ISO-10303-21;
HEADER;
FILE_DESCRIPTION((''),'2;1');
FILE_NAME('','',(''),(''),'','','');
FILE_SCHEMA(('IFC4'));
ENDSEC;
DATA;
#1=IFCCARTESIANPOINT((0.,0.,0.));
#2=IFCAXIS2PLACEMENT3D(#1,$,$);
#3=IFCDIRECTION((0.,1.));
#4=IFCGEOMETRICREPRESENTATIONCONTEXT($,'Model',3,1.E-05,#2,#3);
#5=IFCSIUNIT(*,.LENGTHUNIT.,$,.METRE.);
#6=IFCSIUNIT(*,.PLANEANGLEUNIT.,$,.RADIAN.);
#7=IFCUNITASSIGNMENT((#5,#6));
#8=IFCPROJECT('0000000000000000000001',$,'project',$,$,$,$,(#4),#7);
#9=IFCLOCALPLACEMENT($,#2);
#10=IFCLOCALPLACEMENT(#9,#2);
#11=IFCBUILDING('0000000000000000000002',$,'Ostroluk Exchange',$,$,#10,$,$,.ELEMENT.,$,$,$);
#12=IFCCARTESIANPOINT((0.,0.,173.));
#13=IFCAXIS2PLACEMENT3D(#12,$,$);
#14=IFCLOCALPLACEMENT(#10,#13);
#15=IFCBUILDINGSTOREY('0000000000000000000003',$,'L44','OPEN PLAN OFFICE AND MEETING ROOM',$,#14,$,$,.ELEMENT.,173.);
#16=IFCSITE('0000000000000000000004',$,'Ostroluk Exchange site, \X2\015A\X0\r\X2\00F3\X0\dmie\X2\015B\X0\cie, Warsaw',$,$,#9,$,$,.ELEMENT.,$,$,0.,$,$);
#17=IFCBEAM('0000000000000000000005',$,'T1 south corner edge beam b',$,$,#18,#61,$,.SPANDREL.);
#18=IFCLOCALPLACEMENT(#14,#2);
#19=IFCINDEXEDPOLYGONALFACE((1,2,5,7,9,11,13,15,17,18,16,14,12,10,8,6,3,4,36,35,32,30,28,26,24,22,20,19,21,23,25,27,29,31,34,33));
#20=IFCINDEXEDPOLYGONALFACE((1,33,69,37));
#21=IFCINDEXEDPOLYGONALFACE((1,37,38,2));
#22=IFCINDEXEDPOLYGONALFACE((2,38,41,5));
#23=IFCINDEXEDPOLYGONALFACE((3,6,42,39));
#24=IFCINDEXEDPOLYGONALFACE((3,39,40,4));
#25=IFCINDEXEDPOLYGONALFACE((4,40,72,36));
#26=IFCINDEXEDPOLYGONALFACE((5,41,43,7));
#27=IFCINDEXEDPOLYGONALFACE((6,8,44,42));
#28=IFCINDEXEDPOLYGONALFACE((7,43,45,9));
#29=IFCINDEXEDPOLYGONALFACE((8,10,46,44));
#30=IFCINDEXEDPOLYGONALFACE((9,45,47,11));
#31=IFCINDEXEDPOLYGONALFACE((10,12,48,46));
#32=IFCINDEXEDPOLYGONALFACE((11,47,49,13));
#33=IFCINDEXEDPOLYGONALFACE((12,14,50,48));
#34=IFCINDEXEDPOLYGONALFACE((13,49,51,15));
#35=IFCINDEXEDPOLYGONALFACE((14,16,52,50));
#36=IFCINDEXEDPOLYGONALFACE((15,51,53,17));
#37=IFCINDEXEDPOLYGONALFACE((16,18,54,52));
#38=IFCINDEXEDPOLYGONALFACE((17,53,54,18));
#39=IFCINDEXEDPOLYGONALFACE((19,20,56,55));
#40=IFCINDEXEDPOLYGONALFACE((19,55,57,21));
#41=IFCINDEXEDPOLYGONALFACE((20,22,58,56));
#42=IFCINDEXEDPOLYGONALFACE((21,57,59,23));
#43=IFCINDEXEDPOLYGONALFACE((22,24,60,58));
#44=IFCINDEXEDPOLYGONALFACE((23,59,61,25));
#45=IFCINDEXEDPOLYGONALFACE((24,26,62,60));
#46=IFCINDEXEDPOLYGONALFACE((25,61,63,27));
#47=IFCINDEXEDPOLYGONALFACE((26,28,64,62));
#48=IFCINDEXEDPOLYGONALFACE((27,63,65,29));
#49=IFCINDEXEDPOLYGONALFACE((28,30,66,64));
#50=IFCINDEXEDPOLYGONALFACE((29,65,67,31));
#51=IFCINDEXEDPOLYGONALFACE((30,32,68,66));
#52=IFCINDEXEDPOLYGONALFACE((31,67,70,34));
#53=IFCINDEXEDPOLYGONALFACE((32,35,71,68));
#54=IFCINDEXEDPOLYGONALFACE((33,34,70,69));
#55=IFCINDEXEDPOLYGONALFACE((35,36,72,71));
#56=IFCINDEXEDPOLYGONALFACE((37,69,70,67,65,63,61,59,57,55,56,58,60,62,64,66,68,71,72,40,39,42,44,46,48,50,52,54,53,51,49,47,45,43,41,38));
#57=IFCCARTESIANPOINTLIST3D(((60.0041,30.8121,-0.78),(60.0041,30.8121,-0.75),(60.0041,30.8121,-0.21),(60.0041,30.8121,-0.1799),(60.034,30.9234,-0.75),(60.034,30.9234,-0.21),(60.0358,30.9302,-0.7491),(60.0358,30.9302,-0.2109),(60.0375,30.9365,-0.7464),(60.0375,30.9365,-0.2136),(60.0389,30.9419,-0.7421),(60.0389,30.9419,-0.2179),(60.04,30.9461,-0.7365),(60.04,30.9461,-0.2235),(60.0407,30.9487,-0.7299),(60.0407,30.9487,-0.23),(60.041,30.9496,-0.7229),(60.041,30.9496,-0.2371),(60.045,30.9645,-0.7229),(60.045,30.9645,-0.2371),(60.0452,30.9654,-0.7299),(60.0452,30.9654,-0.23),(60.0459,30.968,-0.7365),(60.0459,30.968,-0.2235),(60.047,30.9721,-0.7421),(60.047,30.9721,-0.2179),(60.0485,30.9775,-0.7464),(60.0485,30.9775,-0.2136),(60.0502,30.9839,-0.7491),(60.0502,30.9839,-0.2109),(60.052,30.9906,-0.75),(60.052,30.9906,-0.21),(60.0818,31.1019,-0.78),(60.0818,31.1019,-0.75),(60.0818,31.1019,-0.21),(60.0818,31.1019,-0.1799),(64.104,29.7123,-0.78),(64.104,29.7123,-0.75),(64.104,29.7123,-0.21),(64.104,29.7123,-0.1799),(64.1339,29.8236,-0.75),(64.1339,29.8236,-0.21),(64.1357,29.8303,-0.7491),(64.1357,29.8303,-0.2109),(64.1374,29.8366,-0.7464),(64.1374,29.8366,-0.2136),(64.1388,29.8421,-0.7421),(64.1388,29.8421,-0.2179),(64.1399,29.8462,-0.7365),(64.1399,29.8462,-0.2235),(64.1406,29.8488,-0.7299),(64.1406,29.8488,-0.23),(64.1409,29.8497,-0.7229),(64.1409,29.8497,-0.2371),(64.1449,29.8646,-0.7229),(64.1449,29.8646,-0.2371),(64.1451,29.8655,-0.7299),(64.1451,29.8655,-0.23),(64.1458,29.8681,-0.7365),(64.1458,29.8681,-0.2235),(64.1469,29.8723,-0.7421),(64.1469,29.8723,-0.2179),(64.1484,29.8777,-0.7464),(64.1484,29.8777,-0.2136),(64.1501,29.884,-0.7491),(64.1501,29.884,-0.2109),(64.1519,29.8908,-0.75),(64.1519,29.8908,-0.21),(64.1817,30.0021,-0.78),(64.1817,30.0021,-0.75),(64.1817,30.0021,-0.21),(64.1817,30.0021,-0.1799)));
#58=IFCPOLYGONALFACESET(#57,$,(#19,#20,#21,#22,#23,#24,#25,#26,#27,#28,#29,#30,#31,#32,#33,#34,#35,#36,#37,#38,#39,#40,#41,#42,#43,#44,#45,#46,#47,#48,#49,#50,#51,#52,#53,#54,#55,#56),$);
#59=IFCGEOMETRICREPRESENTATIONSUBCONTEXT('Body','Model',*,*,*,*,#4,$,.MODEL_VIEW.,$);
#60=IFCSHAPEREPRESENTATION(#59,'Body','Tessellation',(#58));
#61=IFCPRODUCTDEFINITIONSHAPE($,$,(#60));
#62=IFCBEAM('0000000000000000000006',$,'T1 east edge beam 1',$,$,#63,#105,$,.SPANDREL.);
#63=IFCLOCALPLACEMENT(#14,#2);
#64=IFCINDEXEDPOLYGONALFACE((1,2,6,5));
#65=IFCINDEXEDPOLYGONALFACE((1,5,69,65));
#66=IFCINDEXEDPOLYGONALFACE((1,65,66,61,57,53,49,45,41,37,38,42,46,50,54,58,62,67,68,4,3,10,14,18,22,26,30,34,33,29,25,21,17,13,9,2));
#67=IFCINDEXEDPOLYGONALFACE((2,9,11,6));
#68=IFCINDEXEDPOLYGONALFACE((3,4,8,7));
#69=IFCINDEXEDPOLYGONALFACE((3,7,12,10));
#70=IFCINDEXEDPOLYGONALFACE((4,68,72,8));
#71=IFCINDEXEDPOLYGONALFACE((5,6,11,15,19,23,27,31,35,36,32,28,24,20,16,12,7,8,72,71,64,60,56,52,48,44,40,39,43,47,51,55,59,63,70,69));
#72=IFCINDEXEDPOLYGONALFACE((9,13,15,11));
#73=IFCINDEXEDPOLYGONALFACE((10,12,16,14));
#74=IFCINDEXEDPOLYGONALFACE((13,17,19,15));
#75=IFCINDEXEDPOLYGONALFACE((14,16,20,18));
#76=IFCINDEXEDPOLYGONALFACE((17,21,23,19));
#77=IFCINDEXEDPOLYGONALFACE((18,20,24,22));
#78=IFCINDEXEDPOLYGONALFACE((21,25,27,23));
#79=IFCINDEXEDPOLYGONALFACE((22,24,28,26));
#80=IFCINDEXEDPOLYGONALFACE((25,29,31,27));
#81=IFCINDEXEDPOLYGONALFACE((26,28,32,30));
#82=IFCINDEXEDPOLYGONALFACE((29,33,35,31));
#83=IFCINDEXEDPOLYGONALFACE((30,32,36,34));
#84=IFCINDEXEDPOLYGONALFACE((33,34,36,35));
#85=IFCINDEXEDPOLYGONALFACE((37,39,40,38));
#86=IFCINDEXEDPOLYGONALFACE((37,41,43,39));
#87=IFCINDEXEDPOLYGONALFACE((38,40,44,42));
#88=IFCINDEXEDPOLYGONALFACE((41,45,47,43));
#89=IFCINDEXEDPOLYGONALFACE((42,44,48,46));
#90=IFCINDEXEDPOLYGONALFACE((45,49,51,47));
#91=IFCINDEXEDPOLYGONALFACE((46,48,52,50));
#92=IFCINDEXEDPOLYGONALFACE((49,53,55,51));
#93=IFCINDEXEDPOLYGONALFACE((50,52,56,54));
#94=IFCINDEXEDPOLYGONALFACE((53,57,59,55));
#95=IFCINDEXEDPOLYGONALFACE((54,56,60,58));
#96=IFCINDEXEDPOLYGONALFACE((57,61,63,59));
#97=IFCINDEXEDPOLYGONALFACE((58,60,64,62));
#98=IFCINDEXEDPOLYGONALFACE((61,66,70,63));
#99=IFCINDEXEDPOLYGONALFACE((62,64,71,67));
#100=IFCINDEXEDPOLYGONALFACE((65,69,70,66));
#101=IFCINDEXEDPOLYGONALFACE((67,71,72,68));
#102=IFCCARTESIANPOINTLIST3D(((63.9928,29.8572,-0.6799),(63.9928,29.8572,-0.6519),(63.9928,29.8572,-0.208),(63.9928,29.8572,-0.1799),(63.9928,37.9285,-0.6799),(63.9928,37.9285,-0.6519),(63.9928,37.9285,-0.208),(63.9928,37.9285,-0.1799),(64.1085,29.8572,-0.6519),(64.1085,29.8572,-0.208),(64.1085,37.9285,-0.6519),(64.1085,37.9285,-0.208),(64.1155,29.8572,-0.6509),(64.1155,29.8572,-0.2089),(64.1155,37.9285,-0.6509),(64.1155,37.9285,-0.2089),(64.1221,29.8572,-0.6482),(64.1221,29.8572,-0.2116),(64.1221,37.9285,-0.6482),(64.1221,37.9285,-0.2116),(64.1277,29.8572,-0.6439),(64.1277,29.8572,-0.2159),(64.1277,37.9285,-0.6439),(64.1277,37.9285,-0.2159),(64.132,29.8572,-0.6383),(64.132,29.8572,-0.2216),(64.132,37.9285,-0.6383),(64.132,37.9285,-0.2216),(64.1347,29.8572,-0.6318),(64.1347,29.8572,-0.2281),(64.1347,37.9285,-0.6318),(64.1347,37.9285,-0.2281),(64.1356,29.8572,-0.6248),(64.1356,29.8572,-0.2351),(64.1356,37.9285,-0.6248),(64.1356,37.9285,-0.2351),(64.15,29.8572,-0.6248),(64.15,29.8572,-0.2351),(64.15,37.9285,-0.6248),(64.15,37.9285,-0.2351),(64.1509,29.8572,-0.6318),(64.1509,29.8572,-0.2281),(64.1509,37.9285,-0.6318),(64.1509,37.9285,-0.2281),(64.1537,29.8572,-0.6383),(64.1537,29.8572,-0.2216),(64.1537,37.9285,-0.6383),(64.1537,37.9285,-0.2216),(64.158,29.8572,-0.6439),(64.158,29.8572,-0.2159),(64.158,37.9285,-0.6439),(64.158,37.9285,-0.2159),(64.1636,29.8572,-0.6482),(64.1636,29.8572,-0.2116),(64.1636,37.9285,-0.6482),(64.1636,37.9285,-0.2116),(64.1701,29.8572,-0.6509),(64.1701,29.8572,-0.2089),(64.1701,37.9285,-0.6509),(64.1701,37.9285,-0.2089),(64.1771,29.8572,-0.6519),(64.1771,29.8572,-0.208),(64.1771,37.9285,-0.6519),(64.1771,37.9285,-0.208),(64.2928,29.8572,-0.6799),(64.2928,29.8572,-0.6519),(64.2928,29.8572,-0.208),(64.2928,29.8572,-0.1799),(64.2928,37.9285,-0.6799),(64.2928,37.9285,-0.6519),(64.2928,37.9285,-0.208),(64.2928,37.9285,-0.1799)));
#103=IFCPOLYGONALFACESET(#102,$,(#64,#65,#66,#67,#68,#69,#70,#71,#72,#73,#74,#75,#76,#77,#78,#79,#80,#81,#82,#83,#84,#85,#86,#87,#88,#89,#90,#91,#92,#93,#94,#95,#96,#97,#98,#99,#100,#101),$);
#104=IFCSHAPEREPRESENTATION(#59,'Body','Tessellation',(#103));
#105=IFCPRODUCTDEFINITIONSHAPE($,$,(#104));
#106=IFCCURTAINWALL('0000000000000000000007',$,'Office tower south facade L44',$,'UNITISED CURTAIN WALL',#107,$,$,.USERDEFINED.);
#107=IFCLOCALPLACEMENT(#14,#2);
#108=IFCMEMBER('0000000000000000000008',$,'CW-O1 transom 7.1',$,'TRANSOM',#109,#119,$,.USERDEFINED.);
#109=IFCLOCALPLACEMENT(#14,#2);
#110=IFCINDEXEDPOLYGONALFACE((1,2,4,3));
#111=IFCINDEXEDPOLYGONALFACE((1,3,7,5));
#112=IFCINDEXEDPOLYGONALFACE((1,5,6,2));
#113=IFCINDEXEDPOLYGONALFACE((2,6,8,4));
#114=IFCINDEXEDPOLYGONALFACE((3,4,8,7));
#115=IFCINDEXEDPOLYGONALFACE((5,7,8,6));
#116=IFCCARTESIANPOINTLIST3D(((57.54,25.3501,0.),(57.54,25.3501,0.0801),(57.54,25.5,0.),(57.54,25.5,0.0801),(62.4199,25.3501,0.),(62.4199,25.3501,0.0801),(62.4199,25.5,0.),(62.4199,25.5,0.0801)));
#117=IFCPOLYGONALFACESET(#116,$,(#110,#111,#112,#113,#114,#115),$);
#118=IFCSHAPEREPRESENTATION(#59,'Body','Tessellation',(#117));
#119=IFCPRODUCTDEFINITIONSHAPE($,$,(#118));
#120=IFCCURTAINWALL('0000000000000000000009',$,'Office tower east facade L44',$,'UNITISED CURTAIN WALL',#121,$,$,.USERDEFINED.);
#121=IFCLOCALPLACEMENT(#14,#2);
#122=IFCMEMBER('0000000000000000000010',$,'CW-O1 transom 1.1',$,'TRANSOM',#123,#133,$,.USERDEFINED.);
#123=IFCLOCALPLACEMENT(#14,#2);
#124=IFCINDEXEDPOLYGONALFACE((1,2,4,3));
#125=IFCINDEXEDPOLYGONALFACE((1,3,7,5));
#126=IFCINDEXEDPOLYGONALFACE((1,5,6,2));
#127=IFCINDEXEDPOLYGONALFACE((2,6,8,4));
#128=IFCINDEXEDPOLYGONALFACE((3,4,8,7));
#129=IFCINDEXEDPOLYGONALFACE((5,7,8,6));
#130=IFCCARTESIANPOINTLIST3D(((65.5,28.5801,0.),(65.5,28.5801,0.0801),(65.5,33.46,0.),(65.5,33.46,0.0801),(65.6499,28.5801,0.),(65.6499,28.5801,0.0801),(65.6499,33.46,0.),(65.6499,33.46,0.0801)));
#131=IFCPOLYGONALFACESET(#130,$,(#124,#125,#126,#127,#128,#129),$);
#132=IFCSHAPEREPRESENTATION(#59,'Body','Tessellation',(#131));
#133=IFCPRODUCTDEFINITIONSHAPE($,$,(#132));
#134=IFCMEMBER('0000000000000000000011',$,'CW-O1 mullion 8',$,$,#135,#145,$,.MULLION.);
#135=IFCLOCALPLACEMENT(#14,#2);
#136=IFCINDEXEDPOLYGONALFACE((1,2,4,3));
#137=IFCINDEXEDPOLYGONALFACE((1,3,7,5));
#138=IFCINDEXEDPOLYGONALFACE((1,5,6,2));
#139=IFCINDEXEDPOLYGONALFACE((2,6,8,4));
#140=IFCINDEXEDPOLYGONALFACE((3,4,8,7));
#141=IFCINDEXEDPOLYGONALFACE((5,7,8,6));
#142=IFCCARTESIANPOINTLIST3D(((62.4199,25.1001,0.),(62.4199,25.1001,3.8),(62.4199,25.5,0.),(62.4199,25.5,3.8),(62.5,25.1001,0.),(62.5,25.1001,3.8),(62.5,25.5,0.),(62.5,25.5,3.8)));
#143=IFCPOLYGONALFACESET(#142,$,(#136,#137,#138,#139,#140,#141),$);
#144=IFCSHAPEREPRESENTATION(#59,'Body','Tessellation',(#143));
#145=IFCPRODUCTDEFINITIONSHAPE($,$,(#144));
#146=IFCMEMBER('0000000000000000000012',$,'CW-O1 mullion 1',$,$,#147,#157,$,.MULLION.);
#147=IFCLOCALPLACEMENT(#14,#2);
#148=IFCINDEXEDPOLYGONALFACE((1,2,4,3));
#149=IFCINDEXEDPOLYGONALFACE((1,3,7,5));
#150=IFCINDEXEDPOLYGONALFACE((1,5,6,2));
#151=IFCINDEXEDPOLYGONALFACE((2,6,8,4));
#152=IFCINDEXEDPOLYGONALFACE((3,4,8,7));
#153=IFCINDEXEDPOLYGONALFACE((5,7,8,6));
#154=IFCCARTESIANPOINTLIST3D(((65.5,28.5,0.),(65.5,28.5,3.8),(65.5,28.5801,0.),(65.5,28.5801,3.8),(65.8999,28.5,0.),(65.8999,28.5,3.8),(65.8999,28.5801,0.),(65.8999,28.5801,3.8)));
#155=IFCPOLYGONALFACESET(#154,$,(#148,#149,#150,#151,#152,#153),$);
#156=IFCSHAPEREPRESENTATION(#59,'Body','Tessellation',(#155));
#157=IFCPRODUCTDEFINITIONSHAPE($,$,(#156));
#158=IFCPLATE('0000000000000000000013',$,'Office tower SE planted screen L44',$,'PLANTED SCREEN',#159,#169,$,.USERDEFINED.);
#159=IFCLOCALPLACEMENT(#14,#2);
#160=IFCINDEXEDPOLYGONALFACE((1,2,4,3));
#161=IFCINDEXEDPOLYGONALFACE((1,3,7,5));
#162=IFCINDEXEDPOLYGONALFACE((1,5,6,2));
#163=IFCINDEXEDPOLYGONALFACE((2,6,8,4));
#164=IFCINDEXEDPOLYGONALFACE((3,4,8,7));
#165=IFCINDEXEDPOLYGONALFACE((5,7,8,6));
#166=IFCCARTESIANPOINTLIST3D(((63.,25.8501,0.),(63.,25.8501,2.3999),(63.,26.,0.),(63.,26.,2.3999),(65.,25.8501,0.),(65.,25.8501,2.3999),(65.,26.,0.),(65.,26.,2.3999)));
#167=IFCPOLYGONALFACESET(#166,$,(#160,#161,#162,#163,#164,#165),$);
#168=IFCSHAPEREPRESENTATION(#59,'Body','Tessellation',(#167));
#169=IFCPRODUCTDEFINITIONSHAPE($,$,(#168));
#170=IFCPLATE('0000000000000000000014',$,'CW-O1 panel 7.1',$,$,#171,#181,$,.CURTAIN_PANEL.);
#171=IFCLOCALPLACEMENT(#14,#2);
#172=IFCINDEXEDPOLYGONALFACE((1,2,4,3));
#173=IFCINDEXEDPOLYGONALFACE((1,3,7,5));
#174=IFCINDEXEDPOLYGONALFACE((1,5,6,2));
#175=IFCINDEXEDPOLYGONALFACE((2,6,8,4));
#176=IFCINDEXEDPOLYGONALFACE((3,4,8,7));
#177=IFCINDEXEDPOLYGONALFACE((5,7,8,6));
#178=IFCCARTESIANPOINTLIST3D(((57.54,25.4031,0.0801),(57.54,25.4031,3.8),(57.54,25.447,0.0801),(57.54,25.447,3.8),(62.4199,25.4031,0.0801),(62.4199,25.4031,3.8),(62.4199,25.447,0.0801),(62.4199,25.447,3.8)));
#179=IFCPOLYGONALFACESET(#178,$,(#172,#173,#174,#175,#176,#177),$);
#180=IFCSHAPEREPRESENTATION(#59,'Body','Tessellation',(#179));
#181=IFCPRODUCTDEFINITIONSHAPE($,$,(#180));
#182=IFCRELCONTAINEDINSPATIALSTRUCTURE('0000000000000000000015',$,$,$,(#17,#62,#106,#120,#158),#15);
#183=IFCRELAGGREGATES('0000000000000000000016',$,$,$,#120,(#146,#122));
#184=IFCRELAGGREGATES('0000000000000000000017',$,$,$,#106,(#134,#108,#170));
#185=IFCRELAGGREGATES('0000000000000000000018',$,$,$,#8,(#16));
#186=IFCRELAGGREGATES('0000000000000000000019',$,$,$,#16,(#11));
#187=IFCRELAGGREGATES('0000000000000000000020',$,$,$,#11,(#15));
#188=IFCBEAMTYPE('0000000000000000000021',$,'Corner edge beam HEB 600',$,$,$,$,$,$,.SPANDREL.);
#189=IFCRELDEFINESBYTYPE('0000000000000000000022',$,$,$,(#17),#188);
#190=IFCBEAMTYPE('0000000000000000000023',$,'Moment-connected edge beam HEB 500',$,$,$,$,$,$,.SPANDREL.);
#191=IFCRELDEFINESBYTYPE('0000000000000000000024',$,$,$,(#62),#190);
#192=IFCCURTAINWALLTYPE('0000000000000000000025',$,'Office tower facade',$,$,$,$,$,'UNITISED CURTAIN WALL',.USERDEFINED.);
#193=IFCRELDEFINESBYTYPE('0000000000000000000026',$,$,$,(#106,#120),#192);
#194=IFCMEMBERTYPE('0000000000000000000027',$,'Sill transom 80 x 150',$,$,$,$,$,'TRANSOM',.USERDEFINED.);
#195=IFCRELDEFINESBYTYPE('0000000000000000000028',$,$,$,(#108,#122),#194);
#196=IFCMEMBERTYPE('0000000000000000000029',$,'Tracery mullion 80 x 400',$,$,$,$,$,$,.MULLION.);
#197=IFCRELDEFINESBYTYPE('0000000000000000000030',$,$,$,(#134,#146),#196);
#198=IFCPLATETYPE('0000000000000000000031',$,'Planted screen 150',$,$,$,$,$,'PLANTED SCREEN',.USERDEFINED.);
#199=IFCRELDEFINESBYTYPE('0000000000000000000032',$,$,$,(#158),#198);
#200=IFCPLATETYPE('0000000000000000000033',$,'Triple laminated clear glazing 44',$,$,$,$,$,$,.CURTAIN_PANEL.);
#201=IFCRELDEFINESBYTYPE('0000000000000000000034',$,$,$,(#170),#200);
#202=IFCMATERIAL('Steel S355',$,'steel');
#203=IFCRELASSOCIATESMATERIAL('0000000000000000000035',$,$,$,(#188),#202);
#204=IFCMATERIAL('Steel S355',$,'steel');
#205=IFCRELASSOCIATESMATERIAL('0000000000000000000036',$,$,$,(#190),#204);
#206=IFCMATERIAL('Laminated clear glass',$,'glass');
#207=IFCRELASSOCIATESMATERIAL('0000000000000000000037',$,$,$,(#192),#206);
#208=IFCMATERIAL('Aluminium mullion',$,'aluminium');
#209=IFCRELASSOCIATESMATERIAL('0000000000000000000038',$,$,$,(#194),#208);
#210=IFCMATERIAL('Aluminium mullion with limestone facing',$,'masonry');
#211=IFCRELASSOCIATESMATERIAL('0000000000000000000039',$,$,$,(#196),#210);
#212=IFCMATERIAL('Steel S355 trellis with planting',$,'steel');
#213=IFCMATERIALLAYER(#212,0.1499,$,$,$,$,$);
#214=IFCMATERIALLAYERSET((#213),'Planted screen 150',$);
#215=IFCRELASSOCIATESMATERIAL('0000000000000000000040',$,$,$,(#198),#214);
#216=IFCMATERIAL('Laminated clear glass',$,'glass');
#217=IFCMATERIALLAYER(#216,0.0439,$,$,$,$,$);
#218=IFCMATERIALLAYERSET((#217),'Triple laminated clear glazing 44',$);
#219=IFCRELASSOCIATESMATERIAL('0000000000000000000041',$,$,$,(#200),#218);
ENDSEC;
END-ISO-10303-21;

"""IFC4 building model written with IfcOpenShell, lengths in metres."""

from ifc_helpers import new_model, si_unit, direction, frame, origin, origin_2d, place, context, subcontext, project, spatial, rectangle, i_section, extrude, material, layer, layer_set, material_profile, profile_set, type_object, element, aggregate, save


model = new_model("IFC4")

# Units and contexts
model_context = context("Model", 3, precision=1e-05, world=origin(), true_north=direction((0.0, 1.0)))
body_context = subcontext(model_context, "Body", "Model", "MODEL_VIEW")
ifc_project = project(units=[si_unit("LENGTHUNIT", "METRE"), si_unit("PLANEANGLEUNIT", "RADIAN")], contexts=[model_context])

# Site, building, storey
site_placement = place(None, origin())
site = spatial("IfcSite", under=ifc_project, at=site_placement, Name="Ostroluk Exchange site, Śródmieście, Warsaw", CompositionType="ELEMENT", RefElevation=0.0)
building_placement = place(site_placement, origin())
building = spatial("IfcBuilding", under=site, at=building_placement, Name="Ostroluk Exchange", CompositionType="ELEMENT")
storey_placement = place(building_placement, frame((0.0, 0.0, 173.0)))
storey = spatial("IfcBuildingStorey", under=building, at=storey_placement, Name="L44", Description="OPEN PLAN OFFICE AND MEETING ROOM", CompositionType="ELEMENT", Elevation=173.0)

# Beams
ifc_material_1 = material(Name="Steel S355", Category="steel")
ifc_material_profile_1 = material_profile(ifc_material_1, i_section(OverallWidth=0.3, OverallDepth=0.6001, WebThickness=0.0154, FlangeThickness=0.03, FilletRadius=0.0271, at=origin_2d()), Name="HEB 600")
ifc_profile_set_1 = profile_set([ifc_material_profile_1], Name="Steel S355")
beam_type_1 = type_object("IfcBeamType", Name="Corner edge beam HEB 600", PredefinedType="SPANDREL", material=ifc_profile_set_1)
for number, where, z_axis, x_axis, name in (
    (1, (60.043, 30.957, -0.48), (0.965849, -0.259105, 0.0), (0.259105, 0.965849, 0.0), "T1 south corner edge beam b"),
):
    element("IfcBeam", number, at=place(storey_placement, frame(where, z_axis=z_axis, x_axis=x_axis)), inside=storey, type_object=beam_type_1, Name=name, PredefinedType="SPANDREL", context=body_context, shape_type="SweptSolid", body=[
        extrude(i_section(OverallWidth=0.3, OverallDepth=0.6001, WebThickness=0.0154, FlangeThickness=0.03, FilletRadius=0.0271, at=origin_2d()), origin(), (0.0, 0.0, 1.0), 4.2449),
    ])
ifc_material_2 = material(Name="Steel S355", Category="steel")
ifc_material_profile_2 = material_profile(ifc_material_2, i_section(OverallWidth=0.3, OverallDepth=0.5, WebThickness=0.0144, FlangeThickness=0.0281, FilletRadius=0.0271, at=origin_2d()), Name="HEB 500")
ifc_profile_set_2 = profile_set([ifc_material_profile_2], Name="Steel S355")
beam_type_2 = type_object("IfcBeamType", Name="Moment-connected edge beam HEB 500", PredefinedType="SPANDREL", material=ifc_profile_set_2)
beam_1_placement = place(storey_placement, frame((64.1428, 29.8572, -0.4299), z_axis=(0.0, 1.0, 0.0), x_axis=(-1.0, 0.0, 0.0)))
element("IfcBeam", 2, at=beam_1_placement, inside=storey, type_object=beam_type_2, Name="T1 east edge beam 1", PredefinedType="SPANDREL", context=body_context, shape_type="SweptSolid", body=[
    extrude(i_section(OverallWidth=0.3, OverallDepth=0.5, WebThickness=0.0144, FlangeThickness=0.0281, FilletRadius=0.0271, at=origin_2d()), origin(), (0.0, 0.0, 1.0), 8.0713),
])

# Curtain walls, members
ifc_material_3 = material(Name="Laminated clear glass", Category="glass")
curtain_wall_type = type_object("IfcCurtainWallType", Name="Office tower facade", ElementType="UNITISED CURTAIN WALL", PredefinedType="USERDEFINED", material=ifc_material_3)
curtain_wall_1_placement = place(storey_placement, origin())
curtain_wall_1 = element("IfcCurtainWall", 3, at=curtain_wall_1_placement, inside=storey, type_object=curtain_wall_type, Name="Office tower south facade L44", ObjectType="UNITISED CURTAIN WALL", PredefinedType="USERDEFINED")
ifc_material_4 = material(Name="Aluminium mullion", Category="aluminium")
ifc_material_profile_3 = material_profile(ifc_material_4, rectangle(XDim=0.1499, YDim=0.0801, at=origin_2d()), Name="Sill transom 80 x 150")
ifc_profile_set_3 = profile_set([ifc_material_profile_3], Name="Aluminium mullion")
member_type_1 = type_object("IfcMemberType", Name="Sill transom 80 x 150", ElementType="TRANSOM", PredefinedType="USERDEFINED", material=ifc_profile_set_3)
member_1_placement = place(storey_placement, frame((57.54, 25.425, 0.04), z_axis=(1.0, 0.0, 0.0), x_axis=(0.0, 1.0, 0.0)))
member_1 = element("IfcMember", 4, at=member_1_placement, type_object=member_type_1, Name="CW-O1 transom 7.1", ObjectType="TRANSOM", PredefinedType="USERDEFINED", context=body_context, shape_type="SweptSolid", body=[
    extrude(rectangle(XDim=0.1499, YDim=0.0801, at=origin_2d()), origin(), (0.0, 0.0, 1.0), 4.8799),
])
curtain_wall_2_placement = place(storey_placement, origin())
curtain_wall_2 = element("IfcCurtainWall", 5, at=curtain_wall_2_placement, inside=storey, type_object=curtain_wall_type, Name="Office tower east facade L44", ObjectType="UNITISED CURTAIN WALL", PredefinedType="USERDEFINED")
member_2_placement = place(storey_placement, frame((65.575, 28.5801, 0.04), z_axis=(0.0, 1.0, 0.0), x_axis=(-1.0, 0.0, 0.0)))
member_2 = element("IfcMember", 6, at=member_2_placement, type_object=member_type_1, Name="CW-O1 transom 1.1", ObjectType="TRANSOM", PredefinedType="USERDEFINED", context=body_context, shape_type="SweptSolid", body=[
    extrude(rectangle(XDim=0.1499, YDim=0.0801, at=origin_2d()), origin(), (0.0, 0.0, 1.0), 4.8799),
])

# Members
ifc_material_5 = material(Name="Aluminium mullion with limestone facing", Category="masonry")
ifc_material_profile_4 = material_profile(ifc_material_5, rectangle(XDim=0.3999, YDim=0.0801, at=origin_2d()), Name="Tracery mullion 80 x 400")
ifc_profile_set_4 = profile_set([ifc_material_profile_4], Name="Aluminium mullion with limestone facing")
member_type_2 = type_object("IfcMemberType", Name="Tracery mullion 80 x 400", PredefinedType="MULLION", material=ifc_profile_set_4)
member_3_placement = place(storey_placement, frame((62.46, 25.3, 0.0), z_axis=(0.0, 0.0, 1.0), x_axis=(0.0, 1.0, 0.0)))
member_3 = element("IfcMember", 7, at=member_3_placement, type_object=member_type_2, Name="CW-O1 mullion 8", PredefinedType="MULLION", context=body_context, shape_type="SweptSolid", body=[
    extrude(rectangle(XDim=0.3999, YDim=0.0801, at=origin_2d()), origin(), (0.0, 0.0, 1.0), 3.8),
])
member_4_placement = place(storey_placement, frame((65.7, 28.54, 0.0), z_axis=(0.0, 0.0, 1.0), x_axis=(-1.0, 0.0, 0.0)))
member_4 = element("IfcMember", 8, at=member_4_placement, type_object=member_type_2, Name="CW-O1 mullion 1", PredefinedType="MULLION", context=body_context, shape_type="SweptSolid", body=[
    extrude(rectangle(XDim=0.3999, YDim=0.0801, at=origin_2d()), origin(), (0.0, 0.0, 1.0), 3.8),
])
aggregate(curtain_wall_2, [member_4, member_2])

# Plates
ifc_material_6 = material(Name="Steel S355 trellis with planting", Category="steel")
ifc_layer_1 = layer(ifc_material_6, 0.1499)
ifc_layer_set_1 = layer_set([ifc_layer_1], Name="Planted screen 150")
plate_type_1 = type_object("IfcPlateType", Name="Planted screen 150", ElementType="PLANTED SCREEN", PredefinedType="USERDEFINED", material=ifc_layer_set_1)
plate_1_placement = place(storey_placement, frame((64.0, 25.925, 0.0), z_axis=(0.0, 0.0, 1.0), x_axis=(1.0, 0.0, 0.0)))
element("IfcPlate", 9, at=plate_1_placement, inside=storey, type_object=plate_type_1, Name="Office tower SE planted screen L44", ObjectType="PLANTED SCREEN", PredefinedType="USERDEFINED", context=body_context, shape_type="SweptSolid", body=[
    extrude(rectangle(XDim=2.0, YDim=0.1499, at=origin_2d()), origin(), (0.0, 0.0, 1.0), 2.3999),
])
ifc_material_7 = material(Name="Laminated clear glass", Category="glass")
ifc_layer_2 = layer(ifc_material_7, 0.0439)
ifc_layer_set_2 = layer_set([ifc_layer_2], Name="Triple laminated clear glazing 44")
plate_type_2 = type_object("IfcPlateType", Name="Triple laminated clear glazing 44", PredefinedType="CURTAIN_PANEL", material=ifc_layer_set_2)
plate_2_placement = place(storey_placement, frame((59.98, 25.425, 0.0801), z_axis=(0.0, 0.0, 1.0), x_axis=(1.0, 0.0, 0.0)))
plate_2 = element("IfcPlate", 10, at=plate_2_placement, type_object=plate_type_2, Name="CW-O1 panel 7.1", PredefinedType="CURTAIN_PANEL", context=body_context, shape_type="SweptSolid", body=[
    extrude(rectangle(XDim=4.8799, YDim=0.0439, at=origin_2d()), origin(), (0.0, 0.0, 1.0), 3.72),
])
aggregate(curtain_wall_1, [member_3, member_1, plate_2])

save(model, "model.ifc")
